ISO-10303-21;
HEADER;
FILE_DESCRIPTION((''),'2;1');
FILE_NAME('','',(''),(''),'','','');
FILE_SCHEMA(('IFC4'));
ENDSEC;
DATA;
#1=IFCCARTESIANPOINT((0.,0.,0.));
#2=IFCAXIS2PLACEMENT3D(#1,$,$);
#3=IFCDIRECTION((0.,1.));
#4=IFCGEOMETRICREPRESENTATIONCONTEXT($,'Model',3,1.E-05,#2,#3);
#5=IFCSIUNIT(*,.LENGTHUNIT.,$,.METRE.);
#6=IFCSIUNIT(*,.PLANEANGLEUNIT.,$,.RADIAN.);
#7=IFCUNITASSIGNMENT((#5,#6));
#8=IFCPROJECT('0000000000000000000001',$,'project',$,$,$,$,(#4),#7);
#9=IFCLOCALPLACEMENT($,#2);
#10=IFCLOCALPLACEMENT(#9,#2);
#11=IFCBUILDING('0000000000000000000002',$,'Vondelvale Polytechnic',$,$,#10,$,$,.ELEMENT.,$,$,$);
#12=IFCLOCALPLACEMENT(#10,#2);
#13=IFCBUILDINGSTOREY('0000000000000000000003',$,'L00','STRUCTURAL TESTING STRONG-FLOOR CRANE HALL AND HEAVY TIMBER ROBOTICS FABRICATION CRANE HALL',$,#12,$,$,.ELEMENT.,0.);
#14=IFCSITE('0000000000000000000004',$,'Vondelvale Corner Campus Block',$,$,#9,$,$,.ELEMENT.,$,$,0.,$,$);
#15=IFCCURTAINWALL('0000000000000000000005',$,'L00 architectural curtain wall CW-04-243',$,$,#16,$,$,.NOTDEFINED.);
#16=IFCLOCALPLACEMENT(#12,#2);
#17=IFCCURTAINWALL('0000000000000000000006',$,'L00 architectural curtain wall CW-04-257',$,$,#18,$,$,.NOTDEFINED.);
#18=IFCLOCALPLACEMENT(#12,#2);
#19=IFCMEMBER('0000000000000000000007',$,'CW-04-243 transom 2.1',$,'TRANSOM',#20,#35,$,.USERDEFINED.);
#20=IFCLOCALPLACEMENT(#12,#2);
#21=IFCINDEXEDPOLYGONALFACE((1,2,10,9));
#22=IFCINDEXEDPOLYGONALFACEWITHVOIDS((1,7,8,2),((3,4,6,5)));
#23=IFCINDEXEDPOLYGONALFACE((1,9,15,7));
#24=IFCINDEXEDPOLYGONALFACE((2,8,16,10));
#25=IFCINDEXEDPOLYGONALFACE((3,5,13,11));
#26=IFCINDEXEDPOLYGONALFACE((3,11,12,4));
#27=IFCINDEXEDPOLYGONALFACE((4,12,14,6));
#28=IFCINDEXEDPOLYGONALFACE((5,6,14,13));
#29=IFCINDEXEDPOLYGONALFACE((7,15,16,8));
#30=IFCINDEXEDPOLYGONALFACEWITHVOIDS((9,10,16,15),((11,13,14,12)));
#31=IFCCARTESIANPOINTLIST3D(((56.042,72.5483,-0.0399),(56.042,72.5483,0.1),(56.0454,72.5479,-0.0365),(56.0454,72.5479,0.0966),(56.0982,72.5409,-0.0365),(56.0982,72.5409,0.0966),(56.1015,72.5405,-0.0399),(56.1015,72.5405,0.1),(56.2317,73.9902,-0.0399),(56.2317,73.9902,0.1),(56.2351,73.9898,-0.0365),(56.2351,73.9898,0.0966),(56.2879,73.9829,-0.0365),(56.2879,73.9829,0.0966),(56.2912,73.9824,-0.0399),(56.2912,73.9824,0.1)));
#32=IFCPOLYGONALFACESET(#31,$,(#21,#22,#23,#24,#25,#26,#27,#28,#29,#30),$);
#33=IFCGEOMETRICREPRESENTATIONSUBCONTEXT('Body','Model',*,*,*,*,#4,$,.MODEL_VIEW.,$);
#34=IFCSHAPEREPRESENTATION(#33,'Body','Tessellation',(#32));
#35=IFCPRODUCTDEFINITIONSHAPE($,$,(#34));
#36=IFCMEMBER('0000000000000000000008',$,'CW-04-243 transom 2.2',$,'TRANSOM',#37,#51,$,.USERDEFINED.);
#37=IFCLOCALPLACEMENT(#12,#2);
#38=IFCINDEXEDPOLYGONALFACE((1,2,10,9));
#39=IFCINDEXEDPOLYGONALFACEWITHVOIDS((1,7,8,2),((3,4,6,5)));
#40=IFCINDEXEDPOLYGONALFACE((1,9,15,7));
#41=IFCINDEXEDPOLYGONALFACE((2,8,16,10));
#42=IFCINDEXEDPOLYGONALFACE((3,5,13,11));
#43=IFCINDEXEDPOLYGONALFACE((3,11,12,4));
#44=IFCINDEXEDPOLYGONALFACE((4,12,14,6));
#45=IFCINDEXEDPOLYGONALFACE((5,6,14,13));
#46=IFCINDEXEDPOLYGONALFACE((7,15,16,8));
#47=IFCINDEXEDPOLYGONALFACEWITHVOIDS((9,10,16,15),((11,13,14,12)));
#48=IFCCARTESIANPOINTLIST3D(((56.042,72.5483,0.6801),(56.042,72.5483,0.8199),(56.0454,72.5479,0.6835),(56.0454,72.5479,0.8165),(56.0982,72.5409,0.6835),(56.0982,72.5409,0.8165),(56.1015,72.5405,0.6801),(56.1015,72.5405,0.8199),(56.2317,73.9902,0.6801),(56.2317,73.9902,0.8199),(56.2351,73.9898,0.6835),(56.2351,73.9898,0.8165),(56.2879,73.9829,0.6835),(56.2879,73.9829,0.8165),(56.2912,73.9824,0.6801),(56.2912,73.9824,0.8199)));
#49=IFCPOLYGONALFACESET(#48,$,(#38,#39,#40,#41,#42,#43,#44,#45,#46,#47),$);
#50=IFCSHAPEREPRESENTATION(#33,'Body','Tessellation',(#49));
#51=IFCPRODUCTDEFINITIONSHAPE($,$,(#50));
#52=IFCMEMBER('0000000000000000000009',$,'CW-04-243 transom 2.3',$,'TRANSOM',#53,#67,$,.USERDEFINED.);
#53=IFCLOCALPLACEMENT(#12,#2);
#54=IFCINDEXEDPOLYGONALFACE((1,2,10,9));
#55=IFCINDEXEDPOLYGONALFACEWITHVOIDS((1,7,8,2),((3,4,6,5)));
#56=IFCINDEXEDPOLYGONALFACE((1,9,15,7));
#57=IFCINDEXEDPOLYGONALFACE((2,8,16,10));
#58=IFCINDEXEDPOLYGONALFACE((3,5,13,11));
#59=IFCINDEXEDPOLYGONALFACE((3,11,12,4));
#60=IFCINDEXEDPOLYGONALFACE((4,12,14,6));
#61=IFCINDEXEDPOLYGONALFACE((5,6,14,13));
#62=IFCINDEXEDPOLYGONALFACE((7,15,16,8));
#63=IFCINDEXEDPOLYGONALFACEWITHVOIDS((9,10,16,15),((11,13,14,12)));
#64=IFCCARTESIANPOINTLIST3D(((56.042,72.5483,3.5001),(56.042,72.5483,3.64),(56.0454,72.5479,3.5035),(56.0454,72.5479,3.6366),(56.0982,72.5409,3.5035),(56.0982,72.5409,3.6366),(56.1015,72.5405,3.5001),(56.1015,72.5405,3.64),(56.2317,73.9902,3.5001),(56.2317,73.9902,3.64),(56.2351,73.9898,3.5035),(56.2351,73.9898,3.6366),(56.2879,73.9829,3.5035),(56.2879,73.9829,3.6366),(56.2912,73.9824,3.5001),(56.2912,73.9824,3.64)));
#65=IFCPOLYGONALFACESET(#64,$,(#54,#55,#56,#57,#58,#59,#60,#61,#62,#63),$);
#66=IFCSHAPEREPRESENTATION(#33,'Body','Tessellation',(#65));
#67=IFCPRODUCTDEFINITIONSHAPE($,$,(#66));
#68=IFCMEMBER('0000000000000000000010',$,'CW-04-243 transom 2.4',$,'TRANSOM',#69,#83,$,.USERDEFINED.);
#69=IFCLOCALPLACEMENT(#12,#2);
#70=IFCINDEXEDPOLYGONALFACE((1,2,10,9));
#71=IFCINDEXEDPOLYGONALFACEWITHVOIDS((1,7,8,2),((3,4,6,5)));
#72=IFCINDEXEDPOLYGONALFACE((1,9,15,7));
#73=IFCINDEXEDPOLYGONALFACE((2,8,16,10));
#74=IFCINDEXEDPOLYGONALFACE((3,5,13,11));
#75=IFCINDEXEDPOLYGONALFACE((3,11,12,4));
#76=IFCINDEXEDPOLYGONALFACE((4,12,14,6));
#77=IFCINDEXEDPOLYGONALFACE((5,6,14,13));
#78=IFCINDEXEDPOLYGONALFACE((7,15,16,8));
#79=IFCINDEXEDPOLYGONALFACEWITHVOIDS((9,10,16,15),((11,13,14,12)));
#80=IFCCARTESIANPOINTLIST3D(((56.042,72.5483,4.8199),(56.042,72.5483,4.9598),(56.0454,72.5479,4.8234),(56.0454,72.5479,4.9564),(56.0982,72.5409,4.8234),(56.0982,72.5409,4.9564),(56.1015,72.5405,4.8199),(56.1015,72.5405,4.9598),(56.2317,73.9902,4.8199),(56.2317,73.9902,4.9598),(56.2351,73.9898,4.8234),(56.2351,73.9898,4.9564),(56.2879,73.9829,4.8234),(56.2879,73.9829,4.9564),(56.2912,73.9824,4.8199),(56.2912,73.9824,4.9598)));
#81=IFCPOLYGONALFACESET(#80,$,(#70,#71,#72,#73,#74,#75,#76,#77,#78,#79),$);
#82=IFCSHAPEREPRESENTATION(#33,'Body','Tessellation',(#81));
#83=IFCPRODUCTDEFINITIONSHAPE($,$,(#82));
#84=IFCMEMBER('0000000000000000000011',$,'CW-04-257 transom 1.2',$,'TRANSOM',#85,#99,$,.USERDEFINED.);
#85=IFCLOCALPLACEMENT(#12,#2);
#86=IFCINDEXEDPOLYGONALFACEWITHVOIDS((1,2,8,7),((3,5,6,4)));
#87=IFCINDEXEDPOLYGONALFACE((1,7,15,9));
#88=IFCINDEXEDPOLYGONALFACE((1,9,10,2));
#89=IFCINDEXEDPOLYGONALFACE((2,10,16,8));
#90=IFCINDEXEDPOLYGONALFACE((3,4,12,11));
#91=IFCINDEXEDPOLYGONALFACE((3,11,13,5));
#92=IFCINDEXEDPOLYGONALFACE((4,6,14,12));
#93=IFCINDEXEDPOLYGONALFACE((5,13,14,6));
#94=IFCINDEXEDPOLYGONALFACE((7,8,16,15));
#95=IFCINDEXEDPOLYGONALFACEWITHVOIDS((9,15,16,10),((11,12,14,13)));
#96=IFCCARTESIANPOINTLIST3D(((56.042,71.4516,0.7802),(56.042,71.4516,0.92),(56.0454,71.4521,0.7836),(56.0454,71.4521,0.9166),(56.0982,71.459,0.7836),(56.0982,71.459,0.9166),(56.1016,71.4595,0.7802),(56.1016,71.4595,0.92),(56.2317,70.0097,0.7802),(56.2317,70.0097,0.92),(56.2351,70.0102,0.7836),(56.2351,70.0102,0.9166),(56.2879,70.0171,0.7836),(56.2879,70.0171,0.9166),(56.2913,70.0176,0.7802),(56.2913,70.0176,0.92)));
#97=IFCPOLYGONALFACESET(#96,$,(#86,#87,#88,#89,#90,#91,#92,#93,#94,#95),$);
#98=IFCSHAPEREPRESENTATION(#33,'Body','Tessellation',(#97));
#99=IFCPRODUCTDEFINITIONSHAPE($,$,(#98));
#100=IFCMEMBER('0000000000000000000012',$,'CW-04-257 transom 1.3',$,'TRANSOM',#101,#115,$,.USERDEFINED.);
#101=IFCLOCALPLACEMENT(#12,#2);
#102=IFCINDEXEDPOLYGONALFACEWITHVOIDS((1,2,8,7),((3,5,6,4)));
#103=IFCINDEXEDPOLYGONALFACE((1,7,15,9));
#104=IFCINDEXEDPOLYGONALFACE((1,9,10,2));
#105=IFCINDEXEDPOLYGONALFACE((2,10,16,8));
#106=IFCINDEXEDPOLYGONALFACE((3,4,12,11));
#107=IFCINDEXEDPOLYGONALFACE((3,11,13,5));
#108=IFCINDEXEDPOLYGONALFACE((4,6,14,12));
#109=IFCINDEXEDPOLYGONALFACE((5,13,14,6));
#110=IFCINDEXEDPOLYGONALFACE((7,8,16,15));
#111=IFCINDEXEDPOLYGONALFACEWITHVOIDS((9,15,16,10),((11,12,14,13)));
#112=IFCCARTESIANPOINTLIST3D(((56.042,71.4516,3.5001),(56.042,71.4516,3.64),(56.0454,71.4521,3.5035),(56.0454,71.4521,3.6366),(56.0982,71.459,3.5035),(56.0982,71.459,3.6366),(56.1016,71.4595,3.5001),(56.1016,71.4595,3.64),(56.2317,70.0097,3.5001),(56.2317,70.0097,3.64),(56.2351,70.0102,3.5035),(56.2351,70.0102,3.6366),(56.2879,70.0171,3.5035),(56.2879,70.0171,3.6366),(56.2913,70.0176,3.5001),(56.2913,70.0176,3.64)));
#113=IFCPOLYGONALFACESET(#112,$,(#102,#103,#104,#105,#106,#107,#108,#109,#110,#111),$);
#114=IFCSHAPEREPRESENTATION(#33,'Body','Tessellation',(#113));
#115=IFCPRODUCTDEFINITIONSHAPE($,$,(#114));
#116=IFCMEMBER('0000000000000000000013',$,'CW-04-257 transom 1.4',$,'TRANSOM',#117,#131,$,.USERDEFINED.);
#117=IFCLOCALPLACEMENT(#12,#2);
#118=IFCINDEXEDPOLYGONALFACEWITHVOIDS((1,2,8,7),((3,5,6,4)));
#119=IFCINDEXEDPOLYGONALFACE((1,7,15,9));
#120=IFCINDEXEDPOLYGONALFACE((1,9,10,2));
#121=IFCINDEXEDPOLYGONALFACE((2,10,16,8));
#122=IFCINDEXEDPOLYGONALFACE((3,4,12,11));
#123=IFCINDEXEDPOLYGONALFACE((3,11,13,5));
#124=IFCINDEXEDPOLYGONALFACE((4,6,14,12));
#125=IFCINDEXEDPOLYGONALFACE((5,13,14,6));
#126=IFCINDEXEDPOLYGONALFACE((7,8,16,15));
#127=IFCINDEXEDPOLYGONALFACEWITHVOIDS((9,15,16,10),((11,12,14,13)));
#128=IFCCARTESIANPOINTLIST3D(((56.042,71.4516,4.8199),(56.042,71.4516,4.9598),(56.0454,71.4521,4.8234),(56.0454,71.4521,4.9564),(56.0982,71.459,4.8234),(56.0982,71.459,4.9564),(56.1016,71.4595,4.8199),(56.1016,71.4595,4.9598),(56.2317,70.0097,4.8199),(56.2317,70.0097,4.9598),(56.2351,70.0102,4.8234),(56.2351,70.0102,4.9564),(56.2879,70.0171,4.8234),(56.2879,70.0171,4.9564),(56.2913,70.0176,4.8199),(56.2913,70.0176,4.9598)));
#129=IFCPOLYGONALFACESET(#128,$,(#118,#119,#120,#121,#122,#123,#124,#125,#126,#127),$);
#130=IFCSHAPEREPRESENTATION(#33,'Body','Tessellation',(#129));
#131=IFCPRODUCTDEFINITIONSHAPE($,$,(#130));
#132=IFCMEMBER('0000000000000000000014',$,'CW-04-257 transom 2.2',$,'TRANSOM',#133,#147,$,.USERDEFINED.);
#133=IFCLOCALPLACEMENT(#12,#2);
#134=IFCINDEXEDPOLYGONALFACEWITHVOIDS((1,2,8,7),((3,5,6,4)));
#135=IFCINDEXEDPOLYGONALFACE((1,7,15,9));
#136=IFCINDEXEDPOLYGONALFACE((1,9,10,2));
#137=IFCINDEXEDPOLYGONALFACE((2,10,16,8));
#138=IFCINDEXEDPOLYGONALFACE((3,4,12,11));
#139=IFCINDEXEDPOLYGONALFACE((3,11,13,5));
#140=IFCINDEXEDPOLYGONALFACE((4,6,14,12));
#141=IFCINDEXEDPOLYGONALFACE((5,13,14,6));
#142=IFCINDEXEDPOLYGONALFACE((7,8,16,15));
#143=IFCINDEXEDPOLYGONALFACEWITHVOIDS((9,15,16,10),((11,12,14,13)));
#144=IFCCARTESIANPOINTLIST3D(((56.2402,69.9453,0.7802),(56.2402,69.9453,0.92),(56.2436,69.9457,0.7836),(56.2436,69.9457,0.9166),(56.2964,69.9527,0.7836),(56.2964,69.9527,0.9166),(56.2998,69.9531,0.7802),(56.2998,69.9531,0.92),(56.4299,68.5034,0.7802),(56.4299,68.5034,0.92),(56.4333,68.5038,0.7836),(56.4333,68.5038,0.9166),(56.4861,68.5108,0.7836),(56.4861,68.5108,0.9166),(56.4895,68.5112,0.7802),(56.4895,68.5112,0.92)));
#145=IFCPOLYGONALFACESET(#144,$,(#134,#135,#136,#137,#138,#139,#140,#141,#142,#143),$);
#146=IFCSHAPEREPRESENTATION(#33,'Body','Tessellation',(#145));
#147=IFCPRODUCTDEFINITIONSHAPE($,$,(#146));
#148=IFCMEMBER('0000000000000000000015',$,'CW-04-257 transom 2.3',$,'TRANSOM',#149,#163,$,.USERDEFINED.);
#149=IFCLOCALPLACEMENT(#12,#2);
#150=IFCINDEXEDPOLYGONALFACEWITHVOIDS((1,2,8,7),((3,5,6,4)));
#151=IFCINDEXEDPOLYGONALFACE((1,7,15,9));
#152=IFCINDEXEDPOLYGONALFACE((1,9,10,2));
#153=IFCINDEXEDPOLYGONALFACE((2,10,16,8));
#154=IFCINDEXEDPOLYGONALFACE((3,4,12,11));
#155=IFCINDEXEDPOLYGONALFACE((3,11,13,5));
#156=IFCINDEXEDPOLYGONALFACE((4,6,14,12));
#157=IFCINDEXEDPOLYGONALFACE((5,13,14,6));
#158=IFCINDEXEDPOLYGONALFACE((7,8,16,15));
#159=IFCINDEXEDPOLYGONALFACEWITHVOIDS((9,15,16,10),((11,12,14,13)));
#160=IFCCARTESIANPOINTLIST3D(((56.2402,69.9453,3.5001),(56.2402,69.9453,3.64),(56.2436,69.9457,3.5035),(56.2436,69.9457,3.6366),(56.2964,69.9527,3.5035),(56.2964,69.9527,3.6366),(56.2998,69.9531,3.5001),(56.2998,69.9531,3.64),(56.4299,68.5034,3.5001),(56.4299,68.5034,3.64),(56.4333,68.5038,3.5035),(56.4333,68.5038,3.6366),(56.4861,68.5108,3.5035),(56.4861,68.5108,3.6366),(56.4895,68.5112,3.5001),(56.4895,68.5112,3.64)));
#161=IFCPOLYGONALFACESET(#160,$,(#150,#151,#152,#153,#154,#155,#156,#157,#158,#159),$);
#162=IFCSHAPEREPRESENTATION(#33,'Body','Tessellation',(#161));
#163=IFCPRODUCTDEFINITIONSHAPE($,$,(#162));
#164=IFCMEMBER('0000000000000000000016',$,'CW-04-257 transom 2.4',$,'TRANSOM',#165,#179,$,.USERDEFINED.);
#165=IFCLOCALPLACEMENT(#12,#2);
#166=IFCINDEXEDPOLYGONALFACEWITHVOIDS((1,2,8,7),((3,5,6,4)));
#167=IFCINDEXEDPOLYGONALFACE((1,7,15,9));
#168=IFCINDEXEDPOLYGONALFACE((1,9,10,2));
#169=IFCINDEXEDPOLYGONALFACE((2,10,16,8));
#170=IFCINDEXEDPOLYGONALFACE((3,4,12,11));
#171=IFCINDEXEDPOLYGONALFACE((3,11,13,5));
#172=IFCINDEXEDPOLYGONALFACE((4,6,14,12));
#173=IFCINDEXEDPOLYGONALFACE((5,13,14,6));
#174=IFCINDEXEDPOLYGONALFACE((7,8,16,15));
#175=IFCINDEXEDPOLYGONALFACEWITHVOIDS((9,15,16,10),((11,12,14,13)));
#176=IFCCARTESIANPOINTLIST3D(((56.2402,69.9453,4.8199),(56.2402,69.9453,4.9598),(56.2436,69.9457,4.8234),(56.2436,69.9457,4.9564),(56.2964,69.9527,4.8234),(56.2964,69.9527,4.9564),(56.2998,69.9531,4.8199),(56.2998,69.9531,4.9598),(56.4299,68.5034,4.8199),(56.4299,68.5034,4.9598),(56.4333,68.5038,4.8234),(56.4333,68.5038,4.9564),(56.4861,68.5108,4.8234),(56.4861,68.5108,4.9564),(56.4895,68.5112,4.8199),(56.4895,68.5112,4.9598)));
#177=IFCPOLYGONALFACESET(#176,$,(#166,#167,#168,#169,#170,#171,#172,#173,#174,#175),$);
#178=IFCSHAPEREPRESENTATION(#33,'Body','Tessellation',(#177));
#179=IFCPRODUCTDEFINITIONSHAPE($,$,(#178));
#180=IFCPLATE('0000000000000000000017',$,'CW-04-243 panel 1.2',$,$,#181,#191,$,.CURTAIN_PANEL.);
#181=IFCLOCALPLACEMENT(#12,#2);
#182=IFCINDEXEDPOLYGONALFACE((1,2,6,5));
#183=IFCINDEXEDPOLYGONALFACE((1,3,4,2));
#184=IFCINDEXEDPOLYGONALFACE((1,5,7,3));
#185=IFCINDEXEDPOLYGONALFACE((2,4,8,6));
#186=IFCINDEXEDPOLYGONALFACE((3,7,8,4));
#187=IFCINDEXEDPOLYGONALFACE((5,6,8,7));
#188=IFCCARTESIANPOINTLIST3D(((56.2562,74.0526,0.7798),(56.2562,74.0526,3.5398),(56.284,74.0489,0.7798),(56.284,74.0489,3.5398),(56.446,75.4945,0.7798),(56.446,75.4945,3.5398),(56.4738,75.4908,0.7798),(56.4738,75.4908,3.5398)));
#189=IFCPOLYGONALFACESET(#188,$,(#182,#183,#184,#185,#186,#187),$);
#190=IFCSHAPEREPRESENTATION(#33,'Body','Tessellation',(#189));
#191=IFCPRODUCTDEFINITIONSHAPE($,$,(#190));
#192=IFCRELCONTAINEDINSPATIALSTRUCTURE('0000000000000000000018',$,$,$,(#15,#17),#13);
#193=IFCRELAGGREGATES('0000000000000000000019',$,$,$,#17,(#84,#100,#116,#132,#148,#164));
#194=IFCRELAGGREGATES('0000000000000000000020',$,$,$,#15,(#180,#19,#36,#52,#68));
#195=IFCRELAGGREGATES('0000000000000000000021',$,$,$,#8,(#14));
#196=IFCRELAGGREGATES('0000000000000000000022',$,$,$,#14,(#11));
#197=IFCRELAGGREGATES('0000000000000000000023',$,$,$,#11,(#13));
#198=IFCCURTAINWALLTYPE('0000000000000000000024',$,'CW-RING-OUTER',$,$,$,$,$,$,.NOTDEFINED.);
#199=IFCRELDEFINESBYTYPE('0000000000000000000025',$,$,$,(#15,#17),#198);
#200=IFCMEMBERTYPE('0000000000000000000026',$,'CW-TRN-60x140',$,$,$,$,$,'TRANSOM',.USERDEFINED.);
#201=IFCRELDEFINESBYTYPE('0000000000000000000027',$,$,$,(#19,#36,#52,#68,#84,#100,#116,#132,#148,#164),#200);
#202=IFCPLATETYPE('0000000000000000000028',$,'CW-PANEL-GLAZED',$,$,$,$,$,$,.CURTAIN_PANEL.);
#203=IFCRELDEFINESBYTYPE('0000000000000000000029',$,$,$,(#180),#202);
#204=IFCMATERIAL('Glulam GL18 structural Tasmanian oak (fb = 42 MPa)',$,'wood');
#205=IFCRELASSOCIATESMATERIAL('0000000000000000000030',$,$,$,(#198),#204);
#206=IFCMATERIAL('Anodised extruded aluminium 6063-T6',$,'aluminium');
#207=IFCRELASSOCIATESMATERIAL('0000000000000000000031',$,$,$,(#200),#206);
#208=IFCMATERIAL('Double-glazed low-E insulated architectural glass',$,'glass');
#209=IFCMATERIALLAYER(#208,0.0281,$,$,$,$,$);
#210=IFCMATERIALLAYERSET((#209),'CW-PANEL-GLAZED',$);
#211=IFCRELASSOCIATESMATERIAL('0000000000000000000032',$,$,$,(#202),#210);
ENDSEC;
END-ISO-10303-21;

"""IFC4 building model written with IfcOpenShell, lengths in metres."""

from ifc_helpers import new_model, si_unit, direction, frame, origin, origin_2d, place, context, subcontext, project, spatial, rectangle, hollow_rectangle, extrude, material, layer, layer_set, material_profile, profile_set, type_object, element, aggregate, save


model = new_model("IFC4")

# Units and contexts
model_context = context("Model", 3, precision=1e-05, world=origin(), true_north=direction((0.0, 1.0)))
body_context = subcontext(model_context, "Body", "Model", "MODEL_VIEW")
ifc_project = project(units=[si_unit("LENGTHUNIT", "METRE"), si_unit("PLANEANGLEUNIT", "RADIAN")], contexts=[model_context])

# Site, building, storey
site_placement = place(None, origin())
site = spatial("IfcSite", under=ifc_project, at=site_placement, Name="Vondelvale Corner Campus Block", CompositionType="ELEMENT", RefElevation=0.0)
building_placement = place(site_placement, origin())
building = spatial("IfcBuilding", under=site, at=building_placement, Name="Vondelvale Polytechnic", CompositionType="ELEMENT")
storey_placement = place(building_placement, origin())
storey = spatial("IfcBuildingStorey", under=building, at=storey_placement, Name="L00", Description="STRUCTURAL TESTING STRONG-FLOOR CRANE HALL AND HEAVY TIMBER ROBOTICS FABRICATION CRANE HALL", CompositionType="ELEMENT", Elevation=0.0)

# Shared definitions
ifc_material_1 = material(Name="Glulam GL18 structural Tasmanian oak (fb = 42 MPa)", Category="wood")

# Curtain wall
curtain_wall_type = type_object("IfcCurtainWallType", Name="CW-RING-OUTER", PredefinedType="NOTDEFINED", material=ifc_material_1)
curtain_wall_1_placement = place(storey_placement, origin())
curtain_wall_1 = element("IfcCurtainWall", 1, at=curtain_wall_1_placement, inside=storey, type_object=curtain_wall_type, Name="L00 architectural curtain wall CW-04-243", PredefinedType="NOTDEFINED")
ifc_material_2 = material(Name="Anodised extruded aluminium 6063-T6", Category="aluminium")

# Curtain wall
curtain_wall_2_placement = place(storey_placement, origin())
curtain_wall_2 = element("IfcCurtainWall", 2, at=curtain_wall_2_placement, inside=storey, type_object=curtain_wall_type, Name="L00 architectural curtain wall CW-04-257", PredefinedType="NOTDEFINED")

# Members
ifc_material_profile_1 = material_profile(ifc_material_2, hollow_rectangle(XDim=0.0601, YDim=0.1399, WallThickness=0.0034, at=origin_2d()), Name="CW-TRN-140x60")
ifc_profile_set_1 = profile_set([ifc_material_profile_1], Name="Anodised extruded aluminium 6063-T6")
member_type_1 = type_object("IfcMemberType", Name="CW-TRN-60x140", ElementType="TRANSOM", PredefinedType="USERDEFINED", material=ifc_profile_set_1)
member_1_placement = place(storey_placement, frame((56.2615, 73.9863, 0.03), z_axis=(-0.130437, -0.991457, 0.0), x_axis=(0.991457, -0.130437, 0.0)))
member_1 = element("IfcMember", 3, at=member_1_placement, type_object=member_type_1, Name="CW-04-243 transom 2.1", ObjectType="TRANSOM", PredefinedType="USERDEFINED", context=body_context, shape_type="SweptSolid", body=[
    extrude(hollow_rectangle(XDim=0.0601, YDim=0.1399, WallThickness=0.0034, at=origin_2d()), origin(), (0.0, 0.0, 1.0), 1.4543),
])
member_2_placement = place(storey_placement, frame((56.2615, 73.9863, 0.75), z_axis=(-0.130437, -0.991457, 0.0), x_axis=(0.991457, -0.130437, 0.0)))
member_2 = element("IfcMember", 4, at=member_2_placement, type_object=member_type_1, Name="CW-04-243 transom 2.2", ObjectType="TRANSOM", PredefinedType="USERDEFINED", context=body_context, shape_type="SweptSolid", body=[
    extrude(hollow_rectangle(XDim=0.0601, YDim=0.1399, WallThickness=0.0034, at=origin_2d()), origin(), (0.0, 0.0, 1.0), 1.4543),
])
member_3_placement = place(storey_placement, frame((56.2615, 73.9863, 3.5701), z_axis=(-0.130437, -0.991457, 0.0), x_axis=(0.991457, -0.130437, 0.0)))
member_3 = element("IfcMember", 5, at=member_3_placement, type_object=member_type_1, Name="CW-04-243 transom 2.3", ObjectType="TRANSOM", PredefinedType="USERDEFINED", context=body_context, shape_type="SweptSolid", body=[
    extrude(hollow_rectangle(XDim=0.0601, YDim=0.1399, WallThickness=0.0034, at=origin_2d()), origin(), (0.0, 0.0, 1.0), 1.4543),
])
member_4_placement = place(storey_placement, frame((56.2615, 73.9863, 4.8899), z_axis=(-0.130437, -0.991457, 0.0), x_axis=(0.991457, -0.130437, 0.0)))
member_4 = element("IfcMember", 6, at=member_4_placement, type_object=member_type_1, Name="CW-04-243 transom 2.4", ObjectType="TRANSOM", PredefinedType="USERDEFINED", context=body_context, shape_type="SweptSolid", body=[
    extrude(hollow_rectangle(XDim=0.0601, YDim=0.1399, WallThickness=0.0034, at=origin_2d()), origin(), (0.0, 0.0, 1.0), 1.4543),
])
member_5_placement = place(storey_placement, frame((56.0718, 71.4556, 0.8501), z_axis=(0.130437, -0.991457, 0.0), x_axis=(0.991457, 0.130437, 0.0)))
member_5 = element("IfcMember", 7, at=member_5_placement, type_object=member_type_1, Name="CW-04-257 transom 1.2", ObjectType="TRANSOM", PredefinedType="USERDEFINED", context=body_context, shape_type="SweptSolid", body=[
    extrude(hollow_rectangle(XDim=0.0601, YDim=0.1399, WallThickness=0.0034, at=origin_2d()), origin(), (0.0, 0.0, 1.0), 1.4543),
])
member_6_placement = place(storey_placement, frame((56.0718, 71.4556, 3.5701), z_axis=(0.130437, -0.991457, 0.0), x_axis=(0.991457, 0.130437, 0.0)))
member_6 = element("IfcMember", 8, at=member_6_placement, type_object=member_type_1, Name="CW-04-257 transom 1.3", ObjectType="TRANSOM", PredefinedType="USERDEFINED", context=body_context, shape_type="SweptSolid", body=[
    extrude(hollow_rectangle(XDim=0.0601, YDim=0.1399, WallThickness=0.0034, at=origin_2d()), origin(), (0.0, 0.0, 1.0), 1.4543),
])
member_7_placement = place(storey_placement, frame((56.0718, 71.4556, 4.8899), z_axis=(0.130437, -0.991457, 0.0), x_axis=(0.991457, 0.130437, 0.0)))
member_7 = element("IfcMember", 9, at=member_7_placement, type_object=member_type_1, Name="CW-04-257 transom 1.4", ObjectType="TRANSOM", PredefinedType="USERDEFINED", context=body_context, shape_type="SweptSolid", body=[
    extrude(hollow_rectangle(XDim=0.0601, YDim=0.1399, WallThickness=0.0034, at=origin_2d()), origin(), (0.0, 0.0, 1.0), 1.4543),
])
member_8_placement = place(storey_placement, frame((56.27, 69.9492, 0.8501), z_axis=(0.130437, -0.991457, 0.0), x_axis=(0.991457, 0.130437, 0.0)))
member_8 = element("IfcMember", 10, at=member_8_placement, type_object=member_type_1, Name="CW-04-257 transom 2.2", ObjectType="TRANSOM", PredefinedType="USERDEFINED", context=body_context, shape_type="SweptSolid", body=[
    extrude(hollow_rectangle(XDim=0.0601, YDim=0.1399, WallThickness=0.0034, at=origin_2d()), origin(), (0.0, 0.0, 1.0), 1.4543),
])
member_9_placement = place(storey_placement, frame((56.27, 69.9492, 3.5701), z_axis=(0.130437, -0.991457, 0.0), x_axis=(0.991457, 0.130437, 0.0)))
member_9 = element("IfcMember", 11, at=member_9_placement, type_object=member_type_1, Name="CW-04-257 transom 2.3", ObjectType="TRANSOM", PredefinedType="USERDEFINED", context=body_context, shape_type="SweptSolid", body=[
    extrude(hollow_rectangle(XDim=0.0601, YDim=0.1399, WallThickness=0.0034, at=origin_2d()), origin(), (0.0, 0.0, 1.0), 1.4543),
])
member_10_placement = place(storey_placement, frame((56.27, 69.9492, 4.8899), z_axis=(0.130437, -0.991457, 0.0), x_axis=(0.991457, 0.130437, 0.0)))
member_10 = element("IfcMember", 12, at=member_10_placement, type_object=member_type_1, Name="CW-04-257 transom 2.4", ObjectType="TRANSOM", PredefinedType="USERDEFINED", context=body_context, shape_type="SweptSolid", body=[
    extrude(hollow_rectangle(XDim=0.0601, YDim=0.1399, WallThickness=0.0034, at=origin_2d()), origin(), (0.0, 0.0, 1.0), 1.4543),
])

# Plate
ifc_material_3 = material(Name="Double-glazed low-E insulated architectural glass", Category="glass")
ifc_layer_1 = layer(ifc_material_3, 0.0281)
ifc_layer_set_1 = layer_set([ifc_layer_1], Name="CW-PANEL-GLAZED")
plate_type_1 = type_object("IfcPlateType", Name="CW-PANEL-GLAZED", PredefinedType="CURTAIN_PANEL", material=ifc_layer_set_1)
plate_1_placement = place(storey_placement, frame((56.365, 74.7717, 0.7798), z_axis=(0.0, 0.0, 1.0), x_axis=(-0.130524, -0.991445, 0.0)))
plate_1 = element("IfcPlate", 13, at=plate_1_placement, type_object=plate_type_1, Name="CW-04-243 panel 1.2", PredefinedType="CURTAIN_PANEL", context=body_context, shape_type="SweptSolid", body=[
    extrude(rectangle(XDim=1.4543, YDim=0.0281, at=origin_2d()), origin(), (0.0, 0.0, 1.0), 2.76),
])
aggregate(curtain_wall_2, [member_5, member_6, member_7, member_8, member_9, member_10])
aggregate(curtain_wall_1, [plate_1, member_1, member_2, member_3, member_4])

save(model, "model.ifc")
